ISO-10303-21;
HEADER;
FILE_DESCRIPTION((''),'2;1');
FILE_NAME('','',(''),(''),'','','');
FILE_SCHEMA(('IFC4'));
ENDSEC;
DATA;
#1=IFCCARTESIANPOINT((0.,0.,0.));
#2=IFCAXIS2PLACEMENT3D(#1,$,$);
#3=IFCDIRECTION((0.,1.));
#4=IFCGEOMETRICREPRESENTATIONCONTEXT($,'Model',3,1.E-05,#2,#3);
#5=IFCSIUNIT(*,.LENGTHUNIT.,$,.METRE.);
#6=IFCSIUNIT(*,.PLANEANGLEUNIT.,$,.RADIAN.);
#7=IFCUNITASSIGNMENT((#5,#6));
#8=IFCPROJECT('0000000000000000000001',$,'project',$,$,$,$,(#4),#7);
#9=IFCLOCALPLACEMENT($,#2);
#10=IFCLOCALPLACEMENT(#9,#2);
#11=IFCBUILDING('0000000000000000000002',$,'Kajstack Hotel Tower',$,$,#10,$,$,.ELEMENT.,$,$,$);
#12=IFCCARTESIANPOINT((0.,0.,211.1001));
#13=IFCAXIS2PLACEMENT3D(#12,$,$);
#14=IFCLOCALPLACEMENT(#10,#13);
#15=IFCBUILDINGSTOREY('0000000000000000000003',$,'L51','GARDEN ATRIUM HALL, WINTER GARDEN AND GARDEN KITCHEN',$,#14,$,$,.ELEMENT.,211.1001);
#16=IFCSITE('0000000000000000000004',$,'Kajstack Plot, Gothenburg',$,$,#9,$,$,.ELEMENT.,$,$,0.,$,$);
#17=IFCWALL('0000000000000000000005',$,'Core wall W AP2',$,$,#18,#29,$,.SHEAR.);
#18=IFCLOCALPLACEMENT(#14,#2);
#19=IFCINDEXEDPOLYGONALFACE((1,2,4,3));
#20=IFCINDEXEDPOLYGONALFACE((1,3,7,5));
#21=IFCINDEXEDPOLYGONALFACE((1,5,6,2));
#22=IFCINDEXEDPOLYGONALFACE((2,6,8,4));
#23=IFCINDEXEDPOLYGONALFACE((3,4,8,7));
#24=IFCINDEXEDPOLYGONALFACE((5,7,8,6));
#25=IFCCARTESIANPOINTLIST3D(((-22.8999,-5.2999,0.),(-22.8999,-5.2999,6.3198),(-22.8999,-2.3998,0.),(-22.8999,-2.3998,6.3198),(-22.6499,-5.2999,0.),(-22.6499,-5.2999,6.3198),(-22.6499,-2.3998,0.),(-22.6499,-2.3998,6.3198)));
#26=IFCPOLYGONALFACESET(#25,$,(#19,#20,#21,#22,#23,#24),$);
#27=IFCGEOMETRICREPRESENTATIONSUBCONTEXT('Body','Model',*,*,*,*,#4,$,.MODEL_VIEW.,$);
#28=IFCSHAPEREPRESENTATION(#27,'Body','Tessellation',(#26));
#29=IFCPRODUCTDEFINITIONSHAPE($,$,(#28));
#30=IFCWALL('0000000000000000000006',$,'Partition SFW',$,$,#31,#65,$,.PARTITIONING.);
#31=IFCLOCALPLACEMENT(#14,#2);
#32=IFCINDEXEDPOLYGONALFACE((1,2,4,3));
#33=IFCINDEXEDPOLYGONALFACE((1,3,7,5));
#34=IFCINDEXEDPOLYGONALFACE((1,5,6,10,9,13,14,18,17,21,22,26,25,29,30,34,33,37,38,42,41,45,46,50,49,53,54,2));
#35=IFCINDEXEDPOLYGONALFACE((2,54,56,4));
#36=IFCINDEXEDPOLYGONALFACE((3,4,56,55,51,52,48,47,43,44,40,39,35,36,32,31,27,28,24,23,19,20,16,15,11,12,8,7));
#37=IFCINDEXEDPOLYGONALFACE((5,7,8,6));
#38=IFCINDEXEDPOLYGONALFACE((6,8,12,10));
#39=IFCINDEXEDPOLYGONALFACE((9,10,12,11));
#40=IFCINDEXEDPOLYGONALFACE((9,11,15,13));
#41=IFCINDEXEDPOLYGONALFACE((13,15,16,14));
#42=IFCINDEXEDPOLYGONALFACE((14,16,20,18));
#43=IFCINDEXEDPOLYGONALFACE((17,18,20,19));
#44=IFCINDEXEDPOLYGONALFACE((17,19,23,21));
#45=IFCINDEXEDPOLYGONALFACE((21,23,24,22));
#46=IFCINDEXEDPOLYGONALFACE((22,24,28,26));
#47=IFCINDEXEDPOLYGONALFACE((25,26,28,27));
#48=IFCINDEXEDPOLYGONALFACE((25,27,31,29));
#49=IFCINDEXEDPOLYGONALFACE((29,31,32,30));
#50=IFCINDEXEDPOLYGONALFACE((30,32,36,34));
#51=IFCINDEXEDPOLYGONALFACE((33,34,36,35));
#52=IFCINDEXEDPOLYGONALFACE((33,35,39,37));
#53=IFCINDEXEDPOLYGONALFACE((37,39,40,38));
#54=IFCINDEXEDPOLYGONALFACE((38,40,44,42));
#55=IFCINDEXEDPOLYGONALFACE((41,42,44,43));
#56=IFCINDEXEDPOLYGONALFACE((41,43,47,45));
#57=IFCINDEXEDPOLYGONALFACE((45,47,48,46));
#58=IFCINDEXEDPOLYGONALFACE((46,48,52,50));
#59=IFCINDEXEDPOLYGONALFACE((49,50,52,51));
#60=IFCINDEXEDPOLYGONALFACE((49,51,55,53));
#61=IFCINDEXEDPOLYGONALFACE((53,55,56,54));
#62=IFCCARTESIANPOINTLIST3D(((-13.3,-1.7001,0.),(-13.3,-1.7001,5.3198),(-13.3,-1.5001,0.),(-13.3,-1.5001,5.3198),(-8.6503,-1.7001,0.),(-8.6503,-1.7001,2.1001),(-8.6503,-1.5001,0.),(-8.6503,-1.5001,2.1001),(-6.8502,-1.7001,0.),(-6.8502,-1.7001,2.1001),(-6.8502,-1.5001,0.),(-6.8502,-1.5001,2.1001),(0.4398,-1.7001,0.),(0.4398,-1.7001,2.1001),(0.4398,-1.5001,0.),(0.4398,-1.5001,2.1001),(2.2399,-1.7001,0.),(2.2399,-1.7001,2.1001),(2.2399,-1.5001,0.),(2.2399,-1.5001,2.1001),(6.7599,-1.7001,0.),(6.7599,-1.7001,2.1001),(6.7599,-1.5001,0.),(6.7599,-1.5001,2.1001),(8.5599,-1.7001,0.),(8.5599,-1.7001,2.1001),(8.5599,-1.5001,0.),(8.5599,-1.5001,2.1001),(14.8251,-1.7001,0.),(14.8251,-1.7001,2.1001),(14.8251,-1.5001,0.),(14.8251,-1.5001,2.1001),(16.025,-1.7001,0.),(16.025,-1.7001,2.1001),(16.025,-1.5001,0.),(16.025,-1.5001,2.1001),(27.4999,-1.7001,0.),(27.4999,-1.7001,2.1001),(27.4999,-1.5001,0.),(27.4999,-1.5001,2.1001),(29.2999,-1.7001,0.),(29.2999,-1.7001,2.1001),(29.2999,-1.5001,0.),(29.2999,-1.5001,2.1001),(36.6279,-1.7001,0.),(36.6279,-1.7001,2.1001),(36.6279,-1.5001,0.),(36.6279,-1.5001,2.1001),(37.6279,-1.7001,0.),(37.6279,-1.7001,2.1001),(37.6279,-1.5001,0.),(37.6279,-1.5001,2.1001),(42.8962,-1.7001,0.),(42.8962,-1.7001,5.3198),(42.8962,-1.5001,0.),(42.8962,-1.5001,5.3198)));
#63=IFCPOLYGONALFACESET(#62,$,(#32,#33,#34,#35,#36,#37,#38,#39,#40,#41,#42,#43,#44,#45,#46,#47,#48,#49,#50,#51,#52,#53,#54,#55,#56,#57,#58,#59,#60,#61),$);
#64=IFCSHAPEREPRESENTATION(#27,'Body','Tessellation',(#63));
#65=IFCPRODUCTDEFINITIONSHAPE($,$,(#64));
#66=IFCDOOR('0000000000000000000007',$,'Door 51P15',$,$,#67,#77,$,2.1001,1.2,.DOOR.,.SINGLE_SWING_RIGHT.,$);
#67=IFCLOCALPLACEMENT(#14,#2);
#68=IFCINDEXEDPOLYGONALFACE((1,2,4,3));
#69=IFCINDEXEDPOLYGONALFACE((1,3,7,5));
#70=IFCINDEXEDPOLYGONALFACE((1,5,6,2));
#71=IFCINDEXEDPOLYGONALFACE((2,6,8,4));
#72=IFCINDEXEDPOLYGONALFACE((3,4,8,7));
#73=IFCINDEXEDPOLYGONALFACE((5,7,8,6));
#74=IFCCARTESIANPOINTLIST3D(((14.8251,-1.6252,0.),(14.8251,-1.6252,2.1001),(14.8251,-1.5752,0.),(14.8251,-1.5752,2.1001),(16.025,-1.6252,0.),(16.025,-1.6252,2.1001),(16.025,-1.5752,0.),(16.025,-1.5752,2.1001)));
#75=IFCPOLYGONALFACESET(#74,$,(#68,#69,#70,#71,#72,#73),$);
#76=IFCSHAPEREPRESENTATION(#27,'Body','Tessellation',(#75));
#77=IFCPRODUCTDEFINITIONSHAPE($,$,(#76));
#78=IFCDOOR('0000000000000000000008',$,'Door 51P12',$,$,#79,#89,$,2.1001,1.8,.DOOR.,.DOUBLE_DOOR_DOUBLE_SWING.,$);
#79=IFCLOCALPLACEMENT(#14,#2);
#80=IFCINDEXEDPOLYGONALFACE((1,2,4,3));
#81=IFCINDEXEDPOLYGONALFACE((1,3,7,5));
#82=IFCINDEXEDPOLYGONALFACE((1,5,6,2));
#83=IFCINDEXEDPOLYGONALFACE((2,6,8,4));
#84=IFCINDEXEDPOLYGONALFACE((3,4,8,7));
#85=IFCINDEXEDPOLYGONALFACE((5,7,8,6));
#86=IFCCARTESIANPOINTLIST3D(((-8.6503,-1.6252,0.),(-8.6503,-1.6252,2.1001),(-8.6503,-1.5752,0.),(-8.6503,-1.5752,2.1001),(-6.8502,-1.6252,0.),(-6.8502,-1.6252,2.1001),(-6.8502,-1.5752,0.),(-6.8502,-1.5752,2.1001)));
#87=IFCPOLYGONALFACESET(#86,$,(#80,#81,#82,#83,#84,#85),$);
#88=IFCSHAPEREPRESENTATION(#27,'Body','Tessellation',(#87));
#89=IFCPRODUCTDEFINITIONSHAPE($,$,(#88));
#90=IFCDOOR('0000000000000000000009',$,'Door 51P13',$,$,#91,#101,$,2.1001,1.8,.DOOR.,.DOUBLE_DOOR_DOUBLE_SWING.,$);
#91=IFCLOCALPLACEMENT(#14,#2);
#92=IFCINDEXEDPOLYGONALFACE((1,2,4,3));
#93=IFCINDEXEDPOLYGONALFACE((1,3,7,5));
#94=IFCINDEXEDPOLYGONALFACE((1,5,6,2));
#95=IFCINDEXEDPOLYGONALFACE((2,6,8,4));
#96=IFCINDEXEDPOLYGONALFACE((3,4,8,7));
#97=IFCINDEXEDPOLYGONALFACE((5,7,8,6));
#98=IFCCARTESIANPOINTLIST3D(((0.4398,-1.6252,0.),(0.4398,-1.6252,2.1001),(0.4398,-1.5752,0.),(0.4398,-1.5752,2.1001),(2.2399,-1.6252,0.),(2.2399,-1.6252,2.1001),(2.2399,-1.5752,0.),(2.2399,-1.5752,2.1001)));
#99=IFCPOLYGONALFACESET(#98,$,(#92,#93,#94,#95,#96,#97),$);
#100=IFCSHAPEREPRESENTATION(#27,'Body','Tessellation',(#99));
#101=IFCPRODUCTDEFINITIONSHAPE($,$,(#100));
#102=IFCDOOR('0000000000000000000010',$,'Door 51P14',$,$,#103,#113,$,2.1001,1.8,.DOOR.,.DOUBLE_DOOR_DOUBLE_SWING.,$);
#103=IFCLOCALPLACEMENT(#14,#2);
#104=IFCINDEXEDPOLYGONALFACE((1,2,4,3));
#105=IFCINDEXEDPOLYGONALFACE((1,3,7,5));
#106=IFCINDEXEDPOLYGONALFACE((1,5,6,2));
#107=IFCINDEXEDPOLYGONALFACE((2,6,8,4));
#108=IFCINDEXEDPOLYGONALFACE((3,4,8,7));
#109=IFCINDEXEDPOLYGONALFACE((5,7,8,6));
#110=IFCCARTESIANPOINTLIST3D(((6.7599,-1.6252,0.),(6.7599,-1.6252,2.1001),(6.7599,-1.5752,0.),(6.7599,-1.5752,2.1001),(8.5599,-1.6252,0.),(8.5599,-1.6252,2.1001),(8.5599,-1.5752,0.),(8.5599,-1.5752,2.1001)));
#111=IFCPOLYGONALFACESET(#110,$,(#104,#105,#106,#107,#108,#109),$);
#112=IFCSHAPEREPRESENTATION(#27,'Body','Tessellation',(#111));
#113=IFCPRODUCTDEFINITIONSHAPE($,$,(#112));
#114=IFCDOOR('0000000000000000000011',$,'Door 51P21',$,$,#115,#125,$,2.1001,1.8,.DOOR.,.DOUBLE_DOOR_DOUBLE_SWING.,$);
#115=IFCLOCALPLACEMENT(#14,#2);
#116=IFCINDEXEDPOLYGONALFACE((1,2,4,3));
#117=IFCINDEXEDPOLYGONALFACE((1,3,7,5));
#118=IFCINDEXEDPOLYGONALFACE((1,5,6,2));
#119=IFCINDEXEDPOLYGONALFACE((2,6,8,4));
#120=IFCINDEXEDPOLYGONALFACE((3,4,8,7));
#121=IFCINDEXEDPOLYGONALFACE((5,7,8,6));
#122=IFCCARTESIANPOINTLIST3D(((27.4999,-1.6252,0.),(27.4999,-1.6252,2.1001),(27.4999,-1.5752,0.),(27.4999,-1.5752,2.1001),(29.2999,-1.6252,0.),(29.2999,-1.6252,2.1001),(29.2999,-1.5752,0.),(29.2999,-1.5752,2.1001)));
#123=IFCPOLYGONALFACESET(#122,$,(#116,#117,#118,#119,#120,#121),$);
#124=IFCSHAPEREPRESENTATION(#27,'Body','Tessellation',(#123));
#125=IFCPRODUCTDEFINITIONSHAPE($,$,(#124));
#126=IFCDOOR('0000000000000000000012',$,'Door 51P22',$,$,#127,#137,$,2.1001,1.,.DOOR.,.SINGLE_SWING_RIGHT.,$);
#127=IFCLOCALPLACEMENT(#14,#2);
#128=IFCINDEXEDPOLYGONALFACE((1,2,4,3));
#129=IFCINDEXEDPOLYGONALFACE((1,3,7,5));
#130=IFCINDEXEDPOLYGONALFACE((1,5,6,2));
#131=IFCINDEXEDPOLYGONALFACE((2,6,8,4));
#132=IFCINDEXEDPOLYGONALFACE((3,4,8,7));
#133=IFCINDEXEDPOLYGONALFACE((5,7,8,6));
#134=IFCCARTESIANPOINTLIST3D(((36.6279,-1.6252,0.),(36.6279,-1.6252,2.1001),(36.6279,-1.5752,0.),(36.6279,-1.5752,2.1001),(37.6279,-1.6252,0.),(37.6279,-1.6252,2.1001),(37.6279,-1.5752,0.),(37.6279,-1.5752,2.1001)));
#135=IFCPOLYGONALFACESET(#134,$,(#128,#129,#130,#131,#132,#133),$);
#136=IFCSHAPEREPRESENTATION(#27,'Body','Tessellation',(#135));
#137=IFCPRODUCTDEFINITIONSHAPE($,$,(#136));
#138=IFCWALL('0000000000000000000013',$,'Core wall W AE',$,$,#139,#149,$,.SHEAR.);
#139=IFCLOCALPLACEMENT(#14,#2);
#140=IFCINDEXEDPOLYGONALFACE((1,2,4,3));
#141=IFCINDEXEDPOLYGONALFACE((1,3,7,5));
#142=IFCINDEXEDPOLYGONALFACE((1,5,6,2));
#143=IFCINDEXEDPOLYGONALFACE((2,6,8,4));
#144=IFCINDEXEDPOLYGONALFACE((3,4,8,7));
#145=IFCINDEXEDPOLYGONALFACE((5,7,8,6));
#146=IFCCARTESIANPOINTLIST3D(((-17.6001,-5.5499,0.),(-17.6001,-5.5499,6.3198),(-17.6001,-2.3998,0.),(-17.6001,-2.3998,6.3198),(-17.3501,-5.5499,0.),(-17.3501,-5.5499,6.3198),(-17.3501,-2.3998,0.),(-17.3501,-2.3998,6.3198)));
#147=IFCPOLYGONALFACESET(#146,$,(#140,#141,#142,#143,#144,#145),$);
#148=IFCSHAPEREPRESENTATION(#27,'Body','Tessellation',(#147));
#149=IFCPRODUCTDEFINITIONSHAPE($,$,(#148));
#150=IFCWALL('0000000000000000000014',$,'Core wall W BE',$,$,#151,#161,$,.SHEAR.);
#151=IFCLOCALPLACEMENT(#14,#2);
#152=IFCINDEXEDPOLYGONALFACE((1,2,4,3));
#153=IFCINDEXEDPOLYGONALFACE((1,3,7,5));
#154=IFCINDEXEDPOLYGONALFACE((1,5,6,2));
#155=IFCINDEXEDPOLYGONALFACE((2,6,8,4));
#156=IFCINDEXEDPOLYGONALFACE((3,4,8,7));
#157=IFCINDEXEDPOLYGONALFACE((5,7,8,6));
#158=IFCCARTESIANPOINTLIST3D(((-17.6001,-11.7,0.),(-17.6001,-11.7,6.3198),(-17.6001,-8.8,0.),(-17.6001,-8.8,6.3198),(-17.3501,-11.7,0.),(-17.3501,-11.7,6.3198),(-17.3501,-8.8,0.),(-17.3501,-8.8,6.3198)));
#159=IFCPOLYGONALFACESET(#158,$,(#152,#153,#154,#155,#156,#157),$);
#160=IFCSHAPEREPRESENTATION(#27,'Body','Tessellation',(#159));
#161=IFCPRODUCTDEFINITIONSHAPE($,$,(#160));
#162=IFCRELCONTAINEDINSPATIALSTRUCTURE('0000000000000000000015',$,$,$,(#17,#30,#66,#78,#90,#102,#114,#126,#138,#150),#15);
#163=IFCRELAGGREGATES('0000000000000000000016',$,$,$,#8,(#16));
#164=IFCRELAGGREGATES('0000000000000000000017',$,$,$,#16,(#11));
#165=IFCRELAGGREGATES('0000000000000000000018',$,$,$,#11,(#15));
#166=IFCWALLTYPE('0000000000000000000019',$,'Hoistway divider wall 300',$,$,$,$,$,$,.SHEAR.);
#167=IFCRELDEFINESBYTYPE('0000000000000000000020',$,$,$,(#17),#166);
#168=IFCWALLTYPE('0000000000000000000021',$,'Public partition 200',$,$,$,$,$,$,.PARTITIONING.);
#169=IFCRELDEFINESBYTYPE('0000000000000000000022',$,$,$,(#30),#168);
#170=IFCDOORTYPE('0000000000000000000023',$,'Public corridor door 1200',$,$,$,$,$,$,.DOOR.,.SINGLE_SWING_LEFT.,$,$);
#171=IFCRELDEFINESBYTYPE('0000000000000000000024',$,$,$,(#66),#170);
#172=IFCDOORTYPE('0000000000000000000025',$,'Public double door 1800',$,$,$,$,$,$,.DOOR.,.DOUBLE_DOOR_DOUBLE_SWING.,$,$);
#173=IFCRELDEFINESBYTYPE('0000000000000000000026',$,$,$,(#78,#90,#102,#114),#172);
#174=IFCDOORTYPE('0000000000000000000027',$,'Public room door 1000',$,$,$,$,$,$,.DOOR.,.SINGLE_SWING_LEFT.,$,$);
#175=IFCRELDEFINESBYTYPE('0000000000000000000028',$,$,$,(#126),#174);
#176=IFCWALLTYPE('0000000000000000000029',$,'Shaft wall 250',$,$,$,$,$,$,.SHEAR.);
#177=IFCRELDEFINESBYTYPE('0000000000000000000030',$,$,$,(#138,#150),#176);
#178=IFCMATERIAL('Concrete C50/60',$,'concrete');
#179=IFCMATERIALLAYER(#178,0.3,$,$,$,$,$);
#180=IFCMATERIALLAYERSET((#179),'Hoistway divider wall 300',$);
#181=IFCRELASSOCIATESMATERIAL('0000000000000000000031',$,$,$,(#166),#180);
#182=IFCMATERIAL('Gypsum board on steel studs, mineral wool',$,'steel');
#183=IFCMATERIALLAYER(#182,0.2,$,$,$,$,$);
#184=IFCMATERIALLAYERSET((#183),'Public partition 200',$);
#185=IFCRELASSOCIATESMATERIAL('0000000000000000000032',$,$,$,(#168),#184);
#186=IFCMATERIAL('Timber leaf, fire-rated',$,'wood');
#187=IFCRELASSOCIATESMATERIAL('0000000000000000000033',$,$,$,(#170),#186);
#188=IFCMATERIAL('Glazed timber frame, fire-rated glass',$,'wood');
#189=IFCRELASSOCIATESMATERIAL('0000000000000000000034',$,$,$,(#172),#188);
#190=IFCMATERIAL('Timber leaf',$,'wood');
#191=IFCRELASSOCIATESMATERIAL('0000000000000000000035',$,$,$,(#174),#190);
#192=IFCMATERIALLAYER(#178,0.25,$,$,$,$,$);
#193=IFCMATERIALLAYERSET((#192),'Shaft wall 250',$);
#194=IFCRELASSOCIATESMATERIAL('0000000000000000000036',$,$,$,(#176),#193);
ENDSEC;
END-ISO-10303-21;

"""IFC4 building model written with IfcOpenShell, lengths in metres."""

from ifc_helpers import new_model, si_unit, direction, frame, frame_2d, origin, place, context, subcontext, project, spatial, rectangle, extrude, material, layer, layer_set, type_object, element, fill, save


model = new_model("IFC4")

# Units and contexts
model_context = context("Model", 3, precision=1e-05, world=origin(), true_north=direction((0.0, 1.0)))
body_context = subcontext(model_context, "Body", "Model", "MODEL_VIEW")
ifc_project = project(units=[si_unit("LENGTHUNIT", "METRE"), si_unit("PLANEANGLEUNIT", "RADIAN")], contexts=[model_context])

# Site, building, storey
site_placement = place(None, origin())
site = spatial("IfcSite", under=ifc_project, at=site_placement, Name="Kajstack Plot, Gothenburg", CompositionType="ELEMENT", RefElevation=0.0)
building_placement = place(site_placement, origin())
building = spatial("IfcBuilding", under=site, at=building_placement, Name="Kajstack Hotel Tower", CompositionType="ELEMENT")
storey_placement = place(building_placement, frame((0.0, 0.0, 211.1001)))
storey = spatial("IfcBuildingStorey", under=building, at=storey_placement, Name="L51", Description="GARDEN ATRIUM HALL, WINTER GARDEN AND GARDEN KITCHEN", CompositionType="ELEMENT", Elevation=211.1001)

# Wall
ifc_material_1 = material(Name="Concrete C50/60", Category="concrete")
ifc_layer_1 = layer(ifc_material_1, 0.3)
ifc_layer_set_1 = layer_set([ifc_layer_1], Name="Hoistway divider wall 300")
wall_type_1 = type_object("IfcWallType", Name="Hoistway divider wall 300", PredefinedType="SHEAR", material=ifc_layer_set_1)
wall_1_placement = place(storey_placement, frame((-22.7749, -5.3, 0.0), z_axis=(0.0, 0.0, 1.0), x_axis=(0.0, 1.0, 0.0)))
element("IfcWall", 1, at=wall_1_placement, inside=storey, type_object=wall_type_1, Name="Core wall W AP2", PredefinedType="SHEAR", context=body_context, shape_type="SweptSolid", body=[
    extrude(rectangle(XDim=2.9001, YDim=0.25, at=frame_2d((1.4502, 0.0))), origin(), (0.0, 0.0, 1.0), 6.3198),
])

# Wall, openings, doors
ifc_material_2 = material(Name="Gypsum board on steel studs, mineral wool", Category="steel")
ifc_layer_2 = layer(ifc_material_2, 0.2)
ifc_layer_set_2 = layer_set([ifc_layer_2], Name="Public partition 200")
wall_type_2 = type_object("IfcWallType", Name="Public partition 200", PredefinedType="PARTITIONING", material=ifc_layer_set_2)
wall_2_placement = place(storey_placement, frame((-13.3, -1.6001, 0.0), z_axis=(0.0, 0.0, 1.0), x_axis=(1.0, 0.0, 0.0)))
wall_2 = element("IfcWall", 2, at=wall_2_placement, inside=storey, type_object=wall_type_2, Name="Partition SFW", PredefinedType="PARTITIONING", context=body_context, shape_type="SweptSolid", body=[
    extrude(rectangle(XDim=56.1963, YDim=0.2, at=frame_2d((28.0981, 0.0))), origin(), (0.0, 0.0, 1.0), 5.3198),
])
opening_1_placement = place(wall_2_placement, frame((4.6499, 0.0, 0.0)))
opening_1 = element("IfcOpeningElement", 3, at=opening_1_placement, cuts=wall_2, PredefinedType="OPENING", context=body_context, shape_type="SweptSolid", body=[
    extrude(rectangle(XDim=1.8, YDim=2.1001, at=frame_2d((0.8999, 1.05))), frame((0.0, 0.1099, 0.0), z_axis=(0.0, -1.0, 0.0), x_axis=(1.0, 0.0, 0.0)), (0.0, 0.0, 1.0), 0.22),
])
opening_2_placement = place(wall_2_placement, frame((13.74, 0.0, 0.0)))
opening_2 = element("IfcOpeningElement", 4, at=opening_2_placement, cuts=wall_2, PredefinedType="OPENING", context=body_context, shape_type="SweptSolid", body=[
    extrude(rectangle(XDim=1.8, YDim=2.1001, at=frame_2d((0.8999, 1.05))), frame((0.0, 0.1099, 0.0), z_axis=(0.0, -1.0, 0.0), x_axis=(1.0, 0.0, 0.0)), (0.0, 0.0, 1.0), 0.22),
])
opening_3_placement = place(wall_2_placement, frame((20.0601, 0.0, 0.0)))
opening_3 = element("IfcOpeningElement", 5, at=opening_3_placement, cuts=wall_2, PredefinedType="OPENING", context=body_context, shape_type="SweptSolid", body=[
    extrude(rectangle(XDim=1.8, YDim=2.1001, at=frame_2d((0.8999, 1.05))), frame((0.0, 0.1099, 0.0), z_axis=(0.0, -1.0, 0.0), x_axis=(1.0, 0.0, 0.0)), (0.0, 0.0, 1.0), 0.22),
])
opening_4_placement = place(wall_2_placement, frame((28.125, 0.0, 0.0)))
opening_4 = element("IfcOpeningElement", 6, at=opening_4_placement, cuts=wall_2, PredefinedType="OPENING", context=body_context, shape_type="SweptSolid", body=[
    extrude(rectangle(XDim=1.2, YDim=2.1001, at=frame_2d((0.6001, 1.05))), frame((0.0, 0.1099, 0.0), z_axis=(0.0, -1.0, 0.0), x_axis=(1.0, 0.0, 0.0)), (0.0, 0.0, 1.0), 0.22),
])
opening_5_placement = place(wall_2_placement, frame((40.8, 0.0, 0.0)))
opening_5 = element("IfcOpeningElement", 7, at=opening_5_placement, cuts=wall_2, PredefinedType="OPENING", context=body_context, shape_type="SweptSolid", body=[
    extrude(rectangle(XDim=1.8, YDim=2.1001, at=frame_2d((0.8999, 1.05))), frame((0.0, 0.1099, 0.0), z_axis=(0.0, -1.0, 0.0), x_axis=(1.0, 0.0, 0.0)), (0.0, 0.0, 1.0), 0.22),
])
opening_6_placement = place(wall_2_placement, frame((49.928, 0.0, 0.0)))
opening_6 = element("IfcOpeningElement", 8, at=opening_6_placement, cuts=wall_2, PredefinedType="OPENING", context=body_context, shape_type="SweptSolid", body=[
    extrude(rectangle(XDim=1.0, YDim=2.1001, at=frame_2d((0.5, 1.05))), frame((0.0, 0.1099, 0.0), z_axis=(0.0, -1.0, 0.0), x_axis=(1.0, 0.0, 0.0)), (0.0, 0.0, 1.0), 0.22),
])
ifc_material_3 = material(Name="Timber leaf, fire-rated", Category="wood")
door_type_1 = type_object("IfcDoorType", Name="Public corridor door 1200", OperationType="SINGLE_SWING_LEFT", PredefinedType="DOOR", material=ifc_material_3)
door_1_placement = place(opening_4_placement, origin())
door_1 = element("IfcDoor", 9, at=door_1_placement, inside=storey, type_object=door_type_1, Name="Door 51P15", OperationType="SINGLE_SWING_RIGHT", OverallHeight=2.1001, OverallWidth=1.2, PredefinedType="DOOR", context=body_context, shape_type="SweptSolid", body=[
    extrude(rectangle(XDim=1.2, YDim=2.1001, at=frame_2d((0.6001, 1.05))), frame((0.0, 0.0249, 0.0), z_axis=(0.0, -1.0, 0.0), x_axis=(1.0, 0.0, 0.0)), (0.0, 0.0, 1.0), 0.05),
])
fill(opening_4, door_1)
ifc_material_4 = material(Name="Glazed timber frame, fire-rated glass", Category="wood")
door_type_2 = type_object("IfcDoorType", Name="Public double door 1800", OperationType="DOUBLE_DOOR_DOUBLE_SWING", PredefinedType="DOOR", material=ifc_material_4)
door_2_placement = place(opening_1_placement, origin())
door_2 = element("IfcDoor", 10, at=door_2_placement, inside=storey, type_object=door_type_2, Name="Door 51P12", OperationType="DOUBLE_DOOR_DOUBLE_SWING", OverallHeight=2.1001, OverallWidth=1.8, PredefinedType="DOOR", context=body_context, shape_type="SweptSolid", body=[
    extrude(rectangle(XDim=1.8, YDim=2.1001, at=frame_2d((0.8999, 1.05))), frame((0.0, 0.0249, 0.0), z_axis=(0.0, -1.0, 0.0), x_axis=(1.0, 0.0, 0.0)), (0.0, 0.0, 1.0), 0.05),
])
fill(opening_1, door_2)
door_3_placement = place(opening_2_placement, origin())
door_3 = element("IfcDoor", 11, at=door_3_placement, inside=storey, type_object=door_type_2, Name="Door 51P13", OperationType="DOUBLE_DOOR_DOUBLE_SWING", OverallHeight=2.1001, OverallWidth=1.8, PredefinedType="DOOR", context=body_context, shape_type="SweptSolid", body=[
    extrude(rectangle(XDim=1.8, YDim=2.1001, at=frame_2d((0.8999, 1.05))), frame((0.0, 0.0249, 0.0), z_axis=(0.0, -1.0, 0.0), x_axis=(1.0, 0.0, 0.0)), (0.0, 0.0, 1.0), 0.05),
])
fill(opening_2, door_3)
door_4_placement = place(opening_3_placement, origin())
door_4 = element("IfcDoor", 12, at=door_4_placement, inside=storey, type_object=door_type_2, Name="Door 51P14", OperationType="DOUBLE_DOOR_DOUBLE_SWING", OverallHeight=2.1001, OverallWidth=1.8, PredefinedType="DOOR", context=body_context, shape_type="SweptSolid", body=[
    extrude(rectangle(XDim=1.8, YDim=2.1001, at=frame_2d((0.8999, 1.05))), frame((0.0, 0.0249, 0.0), z_axis=(0.0, -1.0, 0.0), x_axis=(1.0, 0.0, 0.0)), (0.0, 0.0, 1.0), 0.05),
])
fill(opening_3, door_4)
door_5_placement = place(opening_5_placement, origin())
door_5 = element("IfcDoor", 13, at=door_5_placement, inside=storey, type_object=door_type_2, Name="Door 51P21", OperationType="DOUBLE_DOOR_DOUBLE_SWING", OverallHeight=2.1001, OverallWidth=1.8, PredefinedType="DOOR", context=body_context, shape_type="SweptSolid", body=[
    extrude(rectangle(XDim=1.8, YDim=2.1001, at=frame_2d((0.8999, 1.05))), frame((0.0, 0.0249, 0.0), z_axis=(0.0, -1.0, 0.0), x_axis=(1.0, 0.0, 0.0)), (0.0, 0.0, 1.0), 0.05),
])
fill(opening_5, door_5)
ifc_material_5 = material(Name="Timber leaf", Category="wood")
door_type_3 = type_object("IfcDoorType", Name="Public room door 1000", OperationType="SINGLE_SWING_LEFT", PredefinedType="DOOR", material=ifc_material_5)
door_6_placement = place(opening_6_placement, origin())
door_6 = element("IfcDoor", 14, at=door_6_placement, inside=storey, type_object=door_type_3, Name="Door 51P22", OperationType="SINGLE_SWING_RIGHT", OverallHeight=2.1001, OverallWidth=1.0, PredefinedType="DOOR", context=body_context, shape_type="SweptSolid", body=[
    extrude(rectangle(XDim=1.0, YDim=2.1001, at=frame_2d((0.5, 1.05))), frame((0.0, 0.0249, 0.0), z_axis=(0.0, -1.0, 0.0), x_axis=(1.0, 0.0, 0.0)), (0.0, 0.0, 1.0), 0.05),
])
fill(opening_6, door_6)

# Walls
ifc_layer_3 = layer(ifc_material_1, 0.25)
ifc_layer_set_3 = layer_set([ifc_layer_3], Name="Shaft wall 250")
wall_type_3 = type_object("IfcWallType", Name="Shaft wall 250", PredefinedType="SHEAR", material=ifc_layer_set_3)
wall_3_placement = place(storey_placement, frame((-17.4751, -5.55, 0.0), z_axis=(0.0, 0.0, 1.0), x_axis=(0.0, 1.0, 0.0)))
element("IfcWall", 15, at=wall_3_placement, inside=storey, type_object=wall_type_3, Name="Core wall W AE", PredefinedType="SHEAR", context=body_context, shape_type="SweptSolid", body=[
    extrude(rectangle(XDim=3.1501, YDim=0.25, at=frame_2d((1.5752, 0.0))), origin(), (0.0, 0.0, 1.0), 6.3198),
])
wall_4_placement = place(storey_placement, frame((-17.4751, -11.7, 0.0), z_axis=(0.0, 0.0, 1.0), x_axis=(0.0, 1.0, 0.0)))
element("IfcWall", 16, at=wall_4_placement, inside=storey, type_object=wall_type_3, Name="Core wall W BE", PredefinedType="SHEAR", context=body_context, shape_type="SweptSolid", body=[
    extrude(rectangle(XDim=2.8999, YDim=0.25, at=frame_2d((1.45, 0.0))), origin(), (0.0, 0.0, 1.0), 6.3198),
])

save(model, "model.ifc")
